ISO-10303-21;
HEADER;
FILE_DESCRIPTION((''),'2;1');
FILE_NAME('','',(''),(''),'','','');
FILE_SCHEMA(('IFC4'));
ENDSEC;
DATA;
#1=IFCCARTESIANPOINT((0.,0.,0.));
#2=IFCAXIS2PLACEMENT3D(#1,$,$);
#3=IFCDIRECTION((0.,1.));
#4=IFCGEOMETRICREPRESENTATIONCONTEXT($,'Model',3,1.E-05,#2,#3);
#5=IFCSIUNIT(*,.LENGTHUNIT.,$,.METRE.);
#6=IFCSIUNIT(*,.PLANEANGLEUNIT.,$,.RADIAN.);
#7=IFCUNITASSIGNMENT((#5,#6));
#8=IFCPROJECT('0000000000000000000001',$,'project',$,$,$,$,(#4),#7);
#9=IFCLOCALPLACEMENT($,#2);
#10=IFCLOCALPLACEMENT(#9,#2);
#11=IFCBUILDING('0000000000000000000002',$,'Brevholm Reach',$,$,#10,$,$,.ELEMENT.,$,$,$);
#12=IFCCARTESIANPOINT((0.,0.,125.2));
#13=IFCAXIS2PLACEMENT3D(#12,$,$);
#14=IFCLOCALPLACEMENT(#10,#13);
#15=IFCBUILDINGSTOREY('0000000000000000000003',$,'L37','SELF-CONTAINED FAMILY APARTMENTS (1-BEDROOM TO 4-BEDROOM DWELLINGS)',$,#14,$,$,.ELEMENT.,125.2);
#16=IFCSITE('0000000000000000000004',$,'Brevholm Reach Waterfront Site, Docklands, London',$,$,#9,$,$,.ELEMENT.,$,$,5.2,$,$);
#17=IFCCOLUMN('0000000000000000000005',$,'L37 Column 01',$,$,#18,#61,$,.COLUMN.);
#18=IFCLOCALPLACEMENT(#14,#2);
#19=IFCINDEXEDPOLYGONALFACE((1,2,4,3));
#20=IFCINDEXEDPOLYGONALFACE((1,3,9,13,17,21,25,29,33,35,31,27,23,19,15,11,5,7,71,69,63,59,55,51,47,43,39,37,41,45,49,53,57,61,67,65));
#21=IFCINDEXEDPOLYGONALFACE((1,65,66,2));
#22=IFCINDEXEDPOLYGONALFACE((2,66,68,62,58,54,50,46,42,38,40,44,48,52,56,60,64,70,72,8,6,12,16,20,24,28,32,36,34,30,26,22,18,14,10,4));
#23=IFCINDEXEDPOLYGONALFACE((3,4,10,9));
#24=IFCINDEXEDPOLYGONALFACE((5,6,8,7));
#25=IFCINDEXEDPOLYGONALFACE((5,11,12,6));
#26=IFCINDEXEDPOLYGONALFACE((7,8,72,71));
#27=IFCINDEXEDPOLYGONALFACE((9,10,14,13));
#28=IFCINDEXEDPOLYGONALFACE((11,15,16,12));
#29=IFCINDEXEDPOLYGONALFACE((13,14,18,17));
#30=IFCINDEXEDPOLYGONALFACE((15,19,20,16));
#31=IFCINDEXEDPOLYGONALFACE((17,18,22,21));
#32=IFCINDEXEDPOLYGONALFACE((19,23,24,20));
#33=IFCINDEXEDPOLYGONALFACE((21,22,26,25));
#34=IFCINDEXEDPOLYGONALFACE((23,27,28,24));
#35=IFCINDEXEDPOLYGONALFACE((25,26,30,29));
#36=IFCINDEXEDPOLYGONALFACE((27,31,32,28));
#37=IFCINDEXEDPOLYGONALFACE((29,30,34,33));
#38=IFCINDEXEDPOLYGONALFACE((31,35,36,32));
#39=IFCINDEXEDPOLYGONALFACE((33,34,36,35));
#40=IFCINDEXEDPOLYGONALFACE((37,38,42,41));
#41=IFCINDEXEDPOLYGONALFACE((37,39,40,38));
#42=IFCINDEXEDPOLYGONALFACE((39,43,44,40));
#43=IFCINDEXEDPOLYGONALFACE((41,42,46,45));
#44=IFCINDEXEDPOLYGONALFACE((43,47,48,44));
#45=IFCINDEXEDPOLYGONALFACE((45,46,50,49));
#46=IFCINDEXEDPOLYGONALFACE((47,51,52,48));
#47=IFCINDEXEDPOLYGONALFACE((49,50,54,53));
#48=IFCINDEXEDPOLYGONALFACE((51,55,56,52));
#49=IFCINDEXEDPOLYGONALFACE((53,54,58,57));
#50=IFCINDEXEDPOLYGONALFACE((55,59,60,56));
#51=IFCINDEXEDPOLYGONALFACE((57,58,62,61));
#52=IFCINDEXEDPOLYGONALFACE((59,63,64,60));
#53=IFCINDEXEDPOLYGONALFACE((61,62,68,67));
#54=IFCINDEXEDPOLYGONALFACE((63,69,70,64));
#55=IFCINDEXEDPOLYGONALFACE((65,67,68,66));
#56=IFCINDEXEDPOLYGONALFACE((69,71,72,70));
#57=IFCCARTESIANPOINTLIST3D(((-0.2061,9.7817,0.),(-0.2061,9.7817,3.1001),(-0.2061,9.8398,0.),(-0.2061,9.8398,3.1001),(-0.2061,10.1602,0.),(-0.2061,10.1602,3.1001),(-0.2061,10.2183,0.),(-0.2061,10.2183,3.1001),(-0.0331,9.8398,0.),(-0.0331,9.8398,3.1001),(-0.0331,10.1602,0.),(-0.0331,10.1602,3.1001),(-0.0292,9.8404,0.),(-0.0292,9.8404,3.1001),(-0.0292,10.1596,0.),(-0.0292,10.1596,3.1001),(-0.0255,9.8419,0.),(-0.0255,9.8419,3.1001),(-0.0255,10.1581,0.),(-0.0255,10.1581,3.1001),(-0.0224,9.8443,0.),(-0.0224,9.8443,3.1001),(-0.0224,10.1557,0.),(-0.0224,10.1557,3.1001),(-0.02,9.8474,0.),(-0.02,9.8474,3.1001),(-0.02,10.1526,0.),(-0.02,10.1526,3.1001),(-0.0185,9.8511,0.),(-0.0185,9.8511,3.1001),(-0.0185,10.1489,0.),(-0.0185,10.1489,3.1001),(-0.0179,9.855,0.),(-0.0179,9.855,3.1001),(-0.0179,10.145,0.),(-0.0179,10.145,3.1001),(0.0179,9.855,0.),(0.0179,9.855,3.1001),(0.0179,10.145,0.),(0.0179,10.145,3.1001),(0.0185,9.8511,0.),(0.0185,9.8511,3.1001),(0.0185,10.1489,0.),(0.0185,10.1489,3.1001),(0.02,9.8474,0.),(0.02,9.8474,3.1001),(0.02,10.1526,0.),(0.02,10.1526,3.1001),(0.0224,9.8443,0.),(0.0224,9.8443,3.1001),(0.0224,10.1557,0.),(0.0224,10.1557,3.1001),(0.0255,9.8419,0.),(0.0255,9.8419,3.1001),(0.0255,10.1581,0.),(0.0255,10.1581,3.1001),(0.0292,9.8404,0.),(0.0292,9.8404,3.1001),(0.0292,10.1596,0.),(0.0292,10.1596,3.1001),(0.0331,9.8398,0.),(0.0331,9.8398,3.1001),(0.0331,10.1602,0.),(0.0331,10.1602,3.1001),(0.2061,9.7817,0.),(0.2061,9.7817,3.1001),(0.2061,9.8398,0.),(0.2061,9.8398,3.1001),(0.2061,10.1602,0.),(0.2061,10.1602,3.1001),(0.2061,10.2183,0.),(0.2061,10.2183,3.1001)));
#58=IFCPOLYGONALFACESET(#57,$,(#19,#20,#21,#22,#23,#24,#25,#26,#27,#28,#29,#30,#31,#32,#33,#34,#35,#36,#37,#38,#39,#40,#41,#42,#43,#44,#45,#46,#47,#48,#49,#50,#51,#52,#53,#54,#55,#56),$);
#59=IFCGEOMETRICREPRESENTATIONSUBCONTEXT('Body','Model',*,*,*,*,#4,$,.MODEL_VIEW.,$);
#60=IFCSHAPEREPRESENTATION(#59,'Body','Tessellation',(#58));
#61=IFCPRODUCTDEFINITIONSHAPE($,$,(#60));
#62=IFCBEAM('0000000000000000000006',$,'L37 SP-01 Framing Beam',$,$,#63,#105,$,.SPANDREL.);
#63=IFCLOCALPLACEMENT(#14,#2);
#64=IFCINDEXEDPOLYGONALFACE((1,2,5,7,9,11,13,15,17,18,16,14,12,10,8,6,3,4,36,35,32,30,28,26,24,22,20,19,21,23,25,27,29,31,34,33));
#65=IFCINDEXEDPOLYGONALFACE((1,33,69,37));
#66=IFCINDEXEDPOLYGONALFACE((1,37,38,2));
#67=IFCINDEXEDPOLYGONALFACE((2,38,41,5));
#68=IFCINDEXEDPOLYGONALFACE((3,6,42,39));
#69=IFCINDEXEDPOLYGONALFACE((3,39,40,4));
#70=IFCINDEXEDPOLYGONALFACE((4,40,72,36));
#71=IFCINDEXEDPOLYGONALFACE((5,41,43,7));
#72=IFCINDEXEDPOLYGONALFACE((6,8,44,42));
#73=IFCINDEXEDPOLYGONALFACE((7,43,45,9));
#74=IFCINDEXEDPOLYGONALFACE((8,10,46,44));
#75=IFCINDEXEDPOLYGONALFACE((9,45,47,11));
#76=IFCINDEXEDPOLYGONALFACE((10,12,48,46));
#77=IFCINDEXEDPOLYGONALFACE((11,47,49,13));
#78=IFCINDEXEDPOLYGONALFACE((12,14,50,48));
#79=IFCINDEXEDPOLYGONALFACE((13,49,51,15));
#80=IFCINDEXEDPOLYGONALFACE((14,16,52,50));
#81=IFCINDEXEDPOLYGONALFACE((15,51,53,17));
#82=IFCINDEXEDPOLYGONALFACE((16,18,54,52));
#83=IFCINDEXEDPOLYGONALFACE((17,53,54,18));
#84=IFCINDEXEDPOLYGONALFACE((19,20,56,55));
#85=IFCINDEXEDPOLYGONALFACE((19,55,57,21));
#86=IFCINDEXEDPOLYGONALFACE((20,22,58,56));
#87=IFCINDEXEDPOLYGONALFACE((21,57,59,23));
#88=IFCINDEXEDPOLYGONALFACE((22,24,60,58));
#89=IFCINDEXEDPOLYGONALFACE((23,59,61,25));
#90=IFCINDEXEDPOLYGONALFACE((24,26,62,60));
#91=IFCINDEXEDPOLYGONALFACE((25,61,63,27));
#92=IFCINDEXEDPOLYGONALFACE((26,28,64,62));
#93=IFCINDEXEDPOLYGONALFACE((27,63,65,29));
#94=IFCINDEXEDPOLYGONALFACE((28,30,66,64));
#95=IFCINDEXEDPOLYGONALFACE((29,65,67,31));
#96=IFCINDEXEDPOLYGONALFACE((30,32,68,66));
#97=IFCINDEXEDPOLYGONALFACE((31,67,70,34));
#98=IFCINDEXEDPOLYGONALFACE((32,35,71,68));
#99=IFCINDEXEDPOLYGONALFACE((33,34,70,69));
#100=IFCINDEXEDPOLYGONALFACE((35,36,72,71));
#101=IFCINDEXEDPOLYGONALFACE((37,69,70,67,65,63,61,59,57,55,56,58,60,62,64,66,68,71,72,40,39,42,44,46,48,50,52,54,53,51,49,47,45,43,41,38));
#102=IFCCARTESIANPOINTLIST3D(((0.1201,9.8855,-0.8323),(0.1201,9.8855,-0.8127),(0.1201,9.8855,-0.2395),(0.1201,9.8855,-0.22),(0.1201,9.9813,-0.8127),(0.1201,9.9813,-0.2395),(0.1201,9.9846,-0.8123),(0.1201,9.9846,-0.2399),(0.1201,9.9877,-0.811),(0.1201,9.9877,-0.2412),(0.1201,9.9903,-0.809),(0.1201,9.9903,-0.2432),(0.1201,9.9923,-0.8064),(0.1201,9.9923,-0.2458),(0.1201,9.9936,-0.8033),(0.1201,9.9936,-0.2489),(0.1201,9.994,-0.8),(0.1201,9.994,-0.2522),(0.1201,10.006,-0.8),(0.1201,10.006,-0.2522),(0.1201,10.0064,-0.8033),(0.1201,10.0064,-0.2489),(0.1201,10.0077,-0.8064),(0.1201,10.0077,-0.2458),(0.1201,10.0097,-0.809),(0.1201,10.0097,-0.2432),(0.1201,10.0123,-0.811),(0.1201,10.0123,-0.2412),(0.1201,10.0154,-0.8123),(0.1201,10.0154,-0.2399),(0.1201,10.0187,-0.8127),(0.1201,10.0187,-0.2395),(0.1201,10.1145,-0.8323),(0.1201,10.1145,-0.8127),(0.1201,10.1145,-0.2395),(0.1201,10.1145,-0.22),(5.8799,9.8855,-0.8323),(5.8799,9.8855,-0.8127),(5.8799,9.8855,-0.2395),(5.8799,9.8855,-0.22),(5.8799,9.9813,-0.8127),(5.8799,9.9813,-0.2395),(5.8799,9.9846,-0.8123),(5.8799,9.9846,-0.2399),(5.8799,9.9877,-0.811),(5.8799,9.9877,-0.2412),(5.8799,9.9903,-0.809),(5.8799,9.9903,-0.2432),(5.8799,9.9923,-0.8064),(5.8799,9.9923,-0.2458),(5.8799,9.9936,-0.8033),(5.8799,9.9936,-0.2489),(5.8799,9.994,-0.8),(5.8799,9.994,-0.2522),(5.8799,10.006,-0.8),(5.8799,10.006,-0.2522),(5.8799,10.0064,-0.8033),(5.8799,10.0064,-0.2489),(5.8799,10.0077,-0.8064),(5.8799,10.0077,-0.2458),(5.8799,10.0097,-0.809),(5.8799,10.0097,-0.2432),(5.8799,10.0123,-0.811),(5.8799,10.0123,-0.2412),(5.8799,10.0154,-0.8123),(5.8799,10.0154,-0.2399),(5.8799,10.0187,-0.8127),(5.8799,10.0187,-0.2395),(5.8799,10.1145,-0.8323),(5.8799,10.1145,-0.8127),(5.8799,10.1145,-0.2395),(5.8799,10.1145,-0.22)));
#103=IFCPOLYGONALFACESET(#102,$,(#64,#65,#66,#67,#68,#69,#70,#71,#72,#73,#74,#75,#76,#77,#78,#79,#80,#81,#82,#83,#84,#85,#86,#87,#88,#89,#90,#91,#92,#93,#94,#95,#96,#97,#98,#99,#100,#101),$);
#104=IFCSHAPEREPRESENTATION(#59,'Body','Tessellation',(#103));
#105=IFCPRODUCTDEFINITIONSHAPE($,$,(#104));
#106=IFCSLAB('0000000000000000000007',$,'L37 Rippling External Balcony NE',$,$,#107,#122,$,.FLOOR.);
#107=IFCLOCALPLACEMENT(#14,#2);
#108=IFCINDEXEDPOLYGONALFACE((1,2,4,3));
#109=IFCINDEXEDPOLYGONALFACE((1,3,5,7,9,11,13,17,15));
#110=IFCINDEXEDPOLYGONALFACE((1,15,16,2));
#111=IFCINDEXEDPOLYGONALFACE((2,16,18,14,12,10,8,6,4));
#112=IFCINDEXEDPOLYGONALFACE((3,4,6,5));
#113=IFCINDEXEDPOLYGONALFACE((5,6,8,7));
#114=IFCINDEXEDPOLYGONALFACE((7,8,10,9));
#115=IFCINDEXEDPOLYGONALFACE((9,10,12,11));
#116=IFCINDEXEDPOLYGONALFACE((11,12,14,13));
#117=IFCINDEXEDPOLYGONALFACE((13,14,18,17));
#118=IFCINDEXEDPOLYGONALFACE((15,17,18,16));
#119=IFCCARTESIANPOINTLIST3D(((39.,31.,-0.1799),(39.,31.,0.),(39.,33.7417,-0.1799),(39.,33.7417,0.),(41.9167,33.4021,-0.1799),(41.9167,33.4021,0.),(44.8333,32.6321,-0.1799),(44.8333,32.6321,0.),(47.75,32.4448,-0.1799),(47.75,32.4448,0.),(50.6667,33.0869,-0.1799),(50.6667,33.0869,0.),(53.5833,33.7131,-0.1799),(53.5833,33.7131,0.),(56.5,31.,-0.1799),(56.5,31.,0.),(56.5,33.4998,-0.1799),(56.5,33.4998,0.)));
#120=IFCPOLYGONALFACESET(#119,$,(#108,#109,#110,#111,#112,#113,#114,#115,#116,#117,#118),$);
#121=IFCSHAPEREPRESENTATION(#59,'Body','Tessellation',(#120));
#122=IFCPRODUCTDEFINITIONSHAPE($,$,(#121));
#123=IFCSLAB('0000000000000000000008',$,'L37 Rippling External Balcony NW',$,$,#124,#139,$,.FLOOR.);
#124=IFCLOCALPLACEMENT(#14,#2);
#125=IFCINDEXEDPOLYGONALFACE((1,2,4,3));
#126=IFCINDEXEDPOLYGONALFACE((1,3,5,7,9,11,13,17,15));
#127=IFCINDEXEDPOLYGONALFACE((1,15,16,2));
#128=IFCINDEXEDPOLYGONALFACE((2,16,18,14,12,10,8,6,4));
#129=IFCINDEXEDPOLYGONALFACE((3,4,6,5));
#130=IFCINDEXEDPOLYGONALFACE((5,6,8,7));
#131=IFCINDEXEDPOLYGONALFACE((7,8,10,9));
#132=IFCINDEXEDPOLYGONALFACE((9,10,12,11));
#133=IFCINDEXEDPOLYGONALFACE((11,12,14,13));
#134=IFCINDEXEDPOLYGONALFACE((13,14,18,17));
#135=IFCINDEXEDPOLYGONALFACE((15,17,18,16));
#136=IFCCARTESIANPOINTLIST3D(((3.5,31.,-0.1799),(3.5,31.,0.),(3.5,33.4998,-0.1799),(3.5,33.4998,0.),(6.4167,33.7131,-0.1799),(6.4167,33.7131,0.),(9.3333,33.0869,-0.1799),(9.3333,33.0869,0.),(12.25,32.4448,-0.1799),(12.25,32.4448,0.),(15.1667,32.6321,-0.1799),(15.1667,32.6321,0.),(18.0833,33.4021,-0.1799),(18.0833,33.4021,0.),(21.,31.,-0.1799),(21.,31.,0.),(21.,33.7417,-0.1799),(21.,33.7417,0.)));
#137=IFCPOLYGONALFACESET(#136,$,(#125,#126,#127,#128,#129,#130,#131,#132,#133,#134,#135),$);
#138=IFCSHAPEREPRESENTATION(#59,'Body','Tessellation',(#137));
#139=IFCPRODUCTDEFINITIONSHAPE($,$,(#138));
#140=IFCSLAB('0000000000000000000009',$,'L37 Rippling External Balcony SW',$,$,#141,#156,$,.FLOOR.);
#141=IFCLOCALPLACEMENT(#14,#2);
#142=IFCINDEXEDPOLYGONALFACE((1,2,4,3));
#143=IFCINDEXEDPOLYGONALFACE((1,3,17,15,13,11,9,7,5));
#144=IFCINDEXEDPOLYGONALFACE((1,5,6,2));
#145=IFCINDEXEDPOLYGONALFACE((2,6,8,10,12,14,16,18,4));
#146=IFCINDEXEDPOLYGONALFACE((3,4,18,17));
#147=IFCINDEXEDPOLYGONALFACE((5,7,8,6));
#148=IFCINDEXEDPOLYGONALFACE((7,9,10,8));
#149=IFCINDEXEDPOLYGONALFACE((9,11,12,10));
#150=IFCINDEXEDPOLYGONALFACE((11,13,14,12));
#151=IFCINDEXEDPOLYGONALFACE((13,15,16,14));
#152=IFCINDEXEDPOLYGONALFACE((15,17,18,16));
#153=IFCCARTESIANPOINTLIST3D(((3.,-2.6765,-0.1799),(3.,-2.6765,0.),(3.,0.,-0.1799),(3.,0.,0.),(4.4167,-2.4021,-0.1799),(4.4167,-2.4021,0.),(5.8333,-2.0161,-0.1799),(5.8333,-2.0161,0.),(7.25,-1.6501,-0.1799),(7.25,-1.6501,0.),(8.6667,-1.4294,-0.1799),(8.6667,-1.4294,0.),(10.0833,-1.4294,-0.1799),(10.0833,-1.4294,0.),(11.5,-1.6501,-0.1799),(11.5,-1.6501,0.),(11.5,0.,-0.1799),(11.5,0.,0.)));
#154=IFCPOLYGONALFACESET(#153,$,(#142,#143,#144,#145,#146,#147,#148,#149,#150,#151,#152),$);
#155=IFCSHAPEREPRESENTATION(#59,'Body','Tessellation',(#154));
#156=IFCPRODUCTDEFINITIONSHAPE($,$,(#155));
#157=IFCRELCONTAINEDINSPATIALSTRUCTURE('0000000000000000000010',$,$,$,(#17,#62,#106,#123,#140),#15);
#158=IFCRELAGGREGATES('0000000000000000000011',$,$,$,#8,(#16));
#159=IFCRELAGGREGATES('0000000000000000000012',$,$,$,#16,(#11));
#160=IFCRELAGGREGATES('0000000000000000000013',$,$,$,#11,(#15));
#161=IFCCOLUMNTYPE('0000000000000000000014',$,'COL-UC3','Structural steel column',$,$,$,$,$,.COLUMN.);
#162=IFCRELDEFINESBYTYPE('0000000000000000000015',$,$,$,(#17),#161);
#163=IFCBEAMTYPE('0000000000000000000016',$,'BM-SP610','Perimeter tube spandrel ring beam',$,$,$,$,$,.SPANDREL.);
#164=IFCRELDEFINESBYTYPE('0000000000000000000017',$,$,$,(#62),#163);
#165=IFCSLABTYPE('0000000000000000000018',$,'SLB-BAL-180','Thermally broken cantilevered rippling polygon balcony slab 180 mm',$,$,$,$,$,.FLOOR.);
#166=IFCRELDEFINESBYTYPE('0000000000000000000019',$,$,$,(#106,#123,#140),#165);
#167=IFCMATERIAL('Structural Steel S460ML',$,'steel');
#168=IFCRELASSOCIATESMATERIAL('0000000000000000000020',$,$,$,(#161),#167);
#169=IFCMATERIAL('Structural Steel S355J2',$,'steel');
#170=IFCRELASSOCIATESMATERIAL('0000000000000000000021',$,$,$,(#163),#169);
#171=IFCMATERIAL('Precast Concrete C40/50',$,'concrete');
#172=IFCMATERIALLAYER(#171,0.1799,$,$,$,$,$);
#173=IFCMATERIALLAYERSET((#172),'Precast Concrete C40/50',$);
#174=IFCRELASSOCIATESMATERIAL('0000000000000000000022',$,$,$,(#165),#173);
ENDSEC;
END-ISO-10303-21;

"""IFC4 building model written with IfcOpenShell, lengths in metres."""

from ifc_helpers import new_model, si_unit, direction, frame, origin, origin_2d, place, context, subcontext, project, spatial, polyline, i_section, outline, extrude, material, layer, layer_set, material_profile, profile_set, type_object, element, save


model = new_model("IFC4")

# Units and contexts
model_context = context("Model", 3, precision=1e-05, world=origin(), true_north=direction((0.0, 1.0)))
body_context = subcontext(model_context, "Body", "Model", "MODEL_VIEW")
ifc_project = project(units=[si_unit("LENGTHUNIT", "METRE"), si_unit("PLANEANGLEUNIT", "RADIAN")], contexts=[model_context])

# Site, building, storey
site_placement = place(None, origin())
site = spatial("IfcSite", under=ifc_project, at=site_placement, Name="Brevholm Reach Waterfront Site, Docklands, London", CompositionType="ELEMENT", RefElevation=5.2)
building_placement = place(site_placement, origin())
building = spatial("IfcBuilding", under=site, at=building_placement, Name="Brevholm Reach", CompositionType="ELEMENT")
storey_placement = place(building_placement, frame((0.0, 0.0, 125.2)))
storey = spatial("IfcBuildingStorey", under=building, at=storey_placement, Name="L37", Description="SELF-CONTAINED FAMILY APARTMENTS (1-BEDROOM TO 4-BEDROOM DWELLINGS)", CompositionType="ELEMENT", Elevation=125.2)

# Column
ifc_material_1 = material(Name="Structural Steel S460ML", Category="steel")
ifc_material_profile_1 = material_profile(ifc_material_1, i_section(OverallWidth=0.4121, OverallDepth=0.4365, WebThickness=0.0359, FlangeThickness=0.0581, FilletRadius=0.0151, at=origin_2d()), Name="UKC 356x406x467")
ifc_profile_set_1 = profile_set([ifc_material_profile_1], Name="Structural Steel S460ML")
column_type = type_object("IfcColumnType", Name="COL-UC3", Description="Structural steel column", PredefinedType="COLUMN", material=ifc_profile_set_1)
column_placement = place(storey_placement, frame((0.0, 10.0, 0.0), z_axis=(0.0, 0.0, 1.0), x_axis=(1.0, 0.0, 0.0)))
element("IfcColumn", 1, at=column_placement, inside=storey, type_object=column_type, Name="L37 Column 01", PredefinedType="COLUMN", context=body_context, shape_type="SweptSolid", body=[
    extrude(i_section(OverallWidth=0.4121, OverallDepth=0.4365, WebThickness=0.0359, FlangeThickness=0.0581, FilletRadius=0.0151, at=origin_2d()), origin(), (0.0, 0.0, 1.0), 3.1001),
])

# Beam
ifc_material_2 = material(Name="Structural Steel S355J2", Category="steel")
ifc_material_profile_2 = material_profile(ifc_material_2, i_section(OverallWidth=0.229, OverallDepth=0.6123, WebThickness=0.012, FlangeThickness=0.0195, FilletRadius=0.0127, at=origin_2d()), Name="UKB 610x229x125")
ifc_profile_set_2 = profile_set([ifc_material_profile_2], Name="Structural Steel S355J2")
beam_type = type_object("IfcBeamType", Name="BM-SP610", Description="Perimeter tube spandrel ring beam", PredefinedType="SPANDREL", material=ifc_profile_set_2)
beam_placement = place(storey_placement, frame((0.1201, 10.0, -0.5261), z_axis=(1.0, 0.0, 0.0), x_axis=(0.0, 1.0, 0.0)))
element("IfcBeam", 2, at=beam_placement, inside=storey, type_object=beam_type, Name="L37 SP-01 Framing Beam", PredefinedType="SPANDREL", context=body_context, shape_type="SweptSolid", body=[
    extrude(i_section(OverallWidth=0.229, OverallDepth=0.6123, WebThickness=0.012, FlangeThickness=0.0195, FilletRadius=0.0127, at=origin_2d()), origin(), (0.0, 0.0, 1.0), 5.7598),
])

# Slabs
ifc_material_3 = material(Name="Precast Concrete C40/50", Category="concrete")
ifc_layer_1 = layer(ifc_material_3, 0.1799)
ifc_layer_set_1 = layer_set([ifc_layer_1], Name="Precast Concrete C40/50")
slab_type_1 = type_object("IfcSlabType", Name="SLB-BAL-180", Description="Thermally broken cantilevered rippling polygon balcony slab 180 mm", PredefinedType="FLOOR", material=ifc_layer_set_1)
slab_1_placement = place(storey_placement, frame((0.0, 0.0, -0.1799)))
element("IfcSlab", 3, at=slab_1_placement, inside=storey, type_object=slab_type_1, Name="L37 Rippling External Balcony NE", PredefinedType="FLOOR", context=body_context, shape_type="SweptSolid", body=[
    extrude(outline(polyline([(39.0, 31.0), (56.5, 31.0), (56.5, 33.4998), (53.5833, 33.7131), (50.6667, 33.0869), (47.75, 32.4448), (44.8333, 32.6321), (41.9167, 33.4021), (39.0, 33.7417), (39.0, 31.0)])), origin(), (0.0, 0.0, 1.0), 0.1799),
])
slab_2_placement = place(storey_placement, frame((0.0, 0.0, -0.1799)))
element("IfcSlab", 4, at=slab_2_placement, inside=storey, type_object=slab_type_1, Name="L37 Rippling External Balcony NW", PredefinedType="FLOOR", context=body_context, shape_type="SweptSolid", body=[
    extrude(outline(polyline([(3.5, 31.0), (21.0, 31.0), (21.0, 33.7417), (18.0833, 33.4021), (15.1667, 32.6321), (12.25, 32.4448), (9.3333, 33.0869), (6.4167, 33.7131), (3.5, 33.4998), (3.5, 31.0)])), origin(), (0.0, 0.0, 1.0), 0.1799),
])
slab_3_placement = place(storey_placement, frame((0.0, 0.0, -0.1799)))
element("IfcSlab", 5, at=slab_3_placement, inside=storey, type_object=slab_type_1, Name="L37 Rippling External Balcony SW", PredefinedType="FLOOR", context=body_context, shape_type="SweptSolid", body=[
    extrude(outline(polyline([(3.0, -2.6765), (4.4167, -2.4021), (5.8333, -2.0161), (7.25, -1.6501), (8.6667, -1.4294), (10.0833, -1.4294), (11.5, -1.6501), (11.5, 0.0), (3.0, 0.0), (3.0, -2.6765)])), origin(), (0.0, 0.0, 1.0), 0.1799),
])

save(model, "model.ifc")
